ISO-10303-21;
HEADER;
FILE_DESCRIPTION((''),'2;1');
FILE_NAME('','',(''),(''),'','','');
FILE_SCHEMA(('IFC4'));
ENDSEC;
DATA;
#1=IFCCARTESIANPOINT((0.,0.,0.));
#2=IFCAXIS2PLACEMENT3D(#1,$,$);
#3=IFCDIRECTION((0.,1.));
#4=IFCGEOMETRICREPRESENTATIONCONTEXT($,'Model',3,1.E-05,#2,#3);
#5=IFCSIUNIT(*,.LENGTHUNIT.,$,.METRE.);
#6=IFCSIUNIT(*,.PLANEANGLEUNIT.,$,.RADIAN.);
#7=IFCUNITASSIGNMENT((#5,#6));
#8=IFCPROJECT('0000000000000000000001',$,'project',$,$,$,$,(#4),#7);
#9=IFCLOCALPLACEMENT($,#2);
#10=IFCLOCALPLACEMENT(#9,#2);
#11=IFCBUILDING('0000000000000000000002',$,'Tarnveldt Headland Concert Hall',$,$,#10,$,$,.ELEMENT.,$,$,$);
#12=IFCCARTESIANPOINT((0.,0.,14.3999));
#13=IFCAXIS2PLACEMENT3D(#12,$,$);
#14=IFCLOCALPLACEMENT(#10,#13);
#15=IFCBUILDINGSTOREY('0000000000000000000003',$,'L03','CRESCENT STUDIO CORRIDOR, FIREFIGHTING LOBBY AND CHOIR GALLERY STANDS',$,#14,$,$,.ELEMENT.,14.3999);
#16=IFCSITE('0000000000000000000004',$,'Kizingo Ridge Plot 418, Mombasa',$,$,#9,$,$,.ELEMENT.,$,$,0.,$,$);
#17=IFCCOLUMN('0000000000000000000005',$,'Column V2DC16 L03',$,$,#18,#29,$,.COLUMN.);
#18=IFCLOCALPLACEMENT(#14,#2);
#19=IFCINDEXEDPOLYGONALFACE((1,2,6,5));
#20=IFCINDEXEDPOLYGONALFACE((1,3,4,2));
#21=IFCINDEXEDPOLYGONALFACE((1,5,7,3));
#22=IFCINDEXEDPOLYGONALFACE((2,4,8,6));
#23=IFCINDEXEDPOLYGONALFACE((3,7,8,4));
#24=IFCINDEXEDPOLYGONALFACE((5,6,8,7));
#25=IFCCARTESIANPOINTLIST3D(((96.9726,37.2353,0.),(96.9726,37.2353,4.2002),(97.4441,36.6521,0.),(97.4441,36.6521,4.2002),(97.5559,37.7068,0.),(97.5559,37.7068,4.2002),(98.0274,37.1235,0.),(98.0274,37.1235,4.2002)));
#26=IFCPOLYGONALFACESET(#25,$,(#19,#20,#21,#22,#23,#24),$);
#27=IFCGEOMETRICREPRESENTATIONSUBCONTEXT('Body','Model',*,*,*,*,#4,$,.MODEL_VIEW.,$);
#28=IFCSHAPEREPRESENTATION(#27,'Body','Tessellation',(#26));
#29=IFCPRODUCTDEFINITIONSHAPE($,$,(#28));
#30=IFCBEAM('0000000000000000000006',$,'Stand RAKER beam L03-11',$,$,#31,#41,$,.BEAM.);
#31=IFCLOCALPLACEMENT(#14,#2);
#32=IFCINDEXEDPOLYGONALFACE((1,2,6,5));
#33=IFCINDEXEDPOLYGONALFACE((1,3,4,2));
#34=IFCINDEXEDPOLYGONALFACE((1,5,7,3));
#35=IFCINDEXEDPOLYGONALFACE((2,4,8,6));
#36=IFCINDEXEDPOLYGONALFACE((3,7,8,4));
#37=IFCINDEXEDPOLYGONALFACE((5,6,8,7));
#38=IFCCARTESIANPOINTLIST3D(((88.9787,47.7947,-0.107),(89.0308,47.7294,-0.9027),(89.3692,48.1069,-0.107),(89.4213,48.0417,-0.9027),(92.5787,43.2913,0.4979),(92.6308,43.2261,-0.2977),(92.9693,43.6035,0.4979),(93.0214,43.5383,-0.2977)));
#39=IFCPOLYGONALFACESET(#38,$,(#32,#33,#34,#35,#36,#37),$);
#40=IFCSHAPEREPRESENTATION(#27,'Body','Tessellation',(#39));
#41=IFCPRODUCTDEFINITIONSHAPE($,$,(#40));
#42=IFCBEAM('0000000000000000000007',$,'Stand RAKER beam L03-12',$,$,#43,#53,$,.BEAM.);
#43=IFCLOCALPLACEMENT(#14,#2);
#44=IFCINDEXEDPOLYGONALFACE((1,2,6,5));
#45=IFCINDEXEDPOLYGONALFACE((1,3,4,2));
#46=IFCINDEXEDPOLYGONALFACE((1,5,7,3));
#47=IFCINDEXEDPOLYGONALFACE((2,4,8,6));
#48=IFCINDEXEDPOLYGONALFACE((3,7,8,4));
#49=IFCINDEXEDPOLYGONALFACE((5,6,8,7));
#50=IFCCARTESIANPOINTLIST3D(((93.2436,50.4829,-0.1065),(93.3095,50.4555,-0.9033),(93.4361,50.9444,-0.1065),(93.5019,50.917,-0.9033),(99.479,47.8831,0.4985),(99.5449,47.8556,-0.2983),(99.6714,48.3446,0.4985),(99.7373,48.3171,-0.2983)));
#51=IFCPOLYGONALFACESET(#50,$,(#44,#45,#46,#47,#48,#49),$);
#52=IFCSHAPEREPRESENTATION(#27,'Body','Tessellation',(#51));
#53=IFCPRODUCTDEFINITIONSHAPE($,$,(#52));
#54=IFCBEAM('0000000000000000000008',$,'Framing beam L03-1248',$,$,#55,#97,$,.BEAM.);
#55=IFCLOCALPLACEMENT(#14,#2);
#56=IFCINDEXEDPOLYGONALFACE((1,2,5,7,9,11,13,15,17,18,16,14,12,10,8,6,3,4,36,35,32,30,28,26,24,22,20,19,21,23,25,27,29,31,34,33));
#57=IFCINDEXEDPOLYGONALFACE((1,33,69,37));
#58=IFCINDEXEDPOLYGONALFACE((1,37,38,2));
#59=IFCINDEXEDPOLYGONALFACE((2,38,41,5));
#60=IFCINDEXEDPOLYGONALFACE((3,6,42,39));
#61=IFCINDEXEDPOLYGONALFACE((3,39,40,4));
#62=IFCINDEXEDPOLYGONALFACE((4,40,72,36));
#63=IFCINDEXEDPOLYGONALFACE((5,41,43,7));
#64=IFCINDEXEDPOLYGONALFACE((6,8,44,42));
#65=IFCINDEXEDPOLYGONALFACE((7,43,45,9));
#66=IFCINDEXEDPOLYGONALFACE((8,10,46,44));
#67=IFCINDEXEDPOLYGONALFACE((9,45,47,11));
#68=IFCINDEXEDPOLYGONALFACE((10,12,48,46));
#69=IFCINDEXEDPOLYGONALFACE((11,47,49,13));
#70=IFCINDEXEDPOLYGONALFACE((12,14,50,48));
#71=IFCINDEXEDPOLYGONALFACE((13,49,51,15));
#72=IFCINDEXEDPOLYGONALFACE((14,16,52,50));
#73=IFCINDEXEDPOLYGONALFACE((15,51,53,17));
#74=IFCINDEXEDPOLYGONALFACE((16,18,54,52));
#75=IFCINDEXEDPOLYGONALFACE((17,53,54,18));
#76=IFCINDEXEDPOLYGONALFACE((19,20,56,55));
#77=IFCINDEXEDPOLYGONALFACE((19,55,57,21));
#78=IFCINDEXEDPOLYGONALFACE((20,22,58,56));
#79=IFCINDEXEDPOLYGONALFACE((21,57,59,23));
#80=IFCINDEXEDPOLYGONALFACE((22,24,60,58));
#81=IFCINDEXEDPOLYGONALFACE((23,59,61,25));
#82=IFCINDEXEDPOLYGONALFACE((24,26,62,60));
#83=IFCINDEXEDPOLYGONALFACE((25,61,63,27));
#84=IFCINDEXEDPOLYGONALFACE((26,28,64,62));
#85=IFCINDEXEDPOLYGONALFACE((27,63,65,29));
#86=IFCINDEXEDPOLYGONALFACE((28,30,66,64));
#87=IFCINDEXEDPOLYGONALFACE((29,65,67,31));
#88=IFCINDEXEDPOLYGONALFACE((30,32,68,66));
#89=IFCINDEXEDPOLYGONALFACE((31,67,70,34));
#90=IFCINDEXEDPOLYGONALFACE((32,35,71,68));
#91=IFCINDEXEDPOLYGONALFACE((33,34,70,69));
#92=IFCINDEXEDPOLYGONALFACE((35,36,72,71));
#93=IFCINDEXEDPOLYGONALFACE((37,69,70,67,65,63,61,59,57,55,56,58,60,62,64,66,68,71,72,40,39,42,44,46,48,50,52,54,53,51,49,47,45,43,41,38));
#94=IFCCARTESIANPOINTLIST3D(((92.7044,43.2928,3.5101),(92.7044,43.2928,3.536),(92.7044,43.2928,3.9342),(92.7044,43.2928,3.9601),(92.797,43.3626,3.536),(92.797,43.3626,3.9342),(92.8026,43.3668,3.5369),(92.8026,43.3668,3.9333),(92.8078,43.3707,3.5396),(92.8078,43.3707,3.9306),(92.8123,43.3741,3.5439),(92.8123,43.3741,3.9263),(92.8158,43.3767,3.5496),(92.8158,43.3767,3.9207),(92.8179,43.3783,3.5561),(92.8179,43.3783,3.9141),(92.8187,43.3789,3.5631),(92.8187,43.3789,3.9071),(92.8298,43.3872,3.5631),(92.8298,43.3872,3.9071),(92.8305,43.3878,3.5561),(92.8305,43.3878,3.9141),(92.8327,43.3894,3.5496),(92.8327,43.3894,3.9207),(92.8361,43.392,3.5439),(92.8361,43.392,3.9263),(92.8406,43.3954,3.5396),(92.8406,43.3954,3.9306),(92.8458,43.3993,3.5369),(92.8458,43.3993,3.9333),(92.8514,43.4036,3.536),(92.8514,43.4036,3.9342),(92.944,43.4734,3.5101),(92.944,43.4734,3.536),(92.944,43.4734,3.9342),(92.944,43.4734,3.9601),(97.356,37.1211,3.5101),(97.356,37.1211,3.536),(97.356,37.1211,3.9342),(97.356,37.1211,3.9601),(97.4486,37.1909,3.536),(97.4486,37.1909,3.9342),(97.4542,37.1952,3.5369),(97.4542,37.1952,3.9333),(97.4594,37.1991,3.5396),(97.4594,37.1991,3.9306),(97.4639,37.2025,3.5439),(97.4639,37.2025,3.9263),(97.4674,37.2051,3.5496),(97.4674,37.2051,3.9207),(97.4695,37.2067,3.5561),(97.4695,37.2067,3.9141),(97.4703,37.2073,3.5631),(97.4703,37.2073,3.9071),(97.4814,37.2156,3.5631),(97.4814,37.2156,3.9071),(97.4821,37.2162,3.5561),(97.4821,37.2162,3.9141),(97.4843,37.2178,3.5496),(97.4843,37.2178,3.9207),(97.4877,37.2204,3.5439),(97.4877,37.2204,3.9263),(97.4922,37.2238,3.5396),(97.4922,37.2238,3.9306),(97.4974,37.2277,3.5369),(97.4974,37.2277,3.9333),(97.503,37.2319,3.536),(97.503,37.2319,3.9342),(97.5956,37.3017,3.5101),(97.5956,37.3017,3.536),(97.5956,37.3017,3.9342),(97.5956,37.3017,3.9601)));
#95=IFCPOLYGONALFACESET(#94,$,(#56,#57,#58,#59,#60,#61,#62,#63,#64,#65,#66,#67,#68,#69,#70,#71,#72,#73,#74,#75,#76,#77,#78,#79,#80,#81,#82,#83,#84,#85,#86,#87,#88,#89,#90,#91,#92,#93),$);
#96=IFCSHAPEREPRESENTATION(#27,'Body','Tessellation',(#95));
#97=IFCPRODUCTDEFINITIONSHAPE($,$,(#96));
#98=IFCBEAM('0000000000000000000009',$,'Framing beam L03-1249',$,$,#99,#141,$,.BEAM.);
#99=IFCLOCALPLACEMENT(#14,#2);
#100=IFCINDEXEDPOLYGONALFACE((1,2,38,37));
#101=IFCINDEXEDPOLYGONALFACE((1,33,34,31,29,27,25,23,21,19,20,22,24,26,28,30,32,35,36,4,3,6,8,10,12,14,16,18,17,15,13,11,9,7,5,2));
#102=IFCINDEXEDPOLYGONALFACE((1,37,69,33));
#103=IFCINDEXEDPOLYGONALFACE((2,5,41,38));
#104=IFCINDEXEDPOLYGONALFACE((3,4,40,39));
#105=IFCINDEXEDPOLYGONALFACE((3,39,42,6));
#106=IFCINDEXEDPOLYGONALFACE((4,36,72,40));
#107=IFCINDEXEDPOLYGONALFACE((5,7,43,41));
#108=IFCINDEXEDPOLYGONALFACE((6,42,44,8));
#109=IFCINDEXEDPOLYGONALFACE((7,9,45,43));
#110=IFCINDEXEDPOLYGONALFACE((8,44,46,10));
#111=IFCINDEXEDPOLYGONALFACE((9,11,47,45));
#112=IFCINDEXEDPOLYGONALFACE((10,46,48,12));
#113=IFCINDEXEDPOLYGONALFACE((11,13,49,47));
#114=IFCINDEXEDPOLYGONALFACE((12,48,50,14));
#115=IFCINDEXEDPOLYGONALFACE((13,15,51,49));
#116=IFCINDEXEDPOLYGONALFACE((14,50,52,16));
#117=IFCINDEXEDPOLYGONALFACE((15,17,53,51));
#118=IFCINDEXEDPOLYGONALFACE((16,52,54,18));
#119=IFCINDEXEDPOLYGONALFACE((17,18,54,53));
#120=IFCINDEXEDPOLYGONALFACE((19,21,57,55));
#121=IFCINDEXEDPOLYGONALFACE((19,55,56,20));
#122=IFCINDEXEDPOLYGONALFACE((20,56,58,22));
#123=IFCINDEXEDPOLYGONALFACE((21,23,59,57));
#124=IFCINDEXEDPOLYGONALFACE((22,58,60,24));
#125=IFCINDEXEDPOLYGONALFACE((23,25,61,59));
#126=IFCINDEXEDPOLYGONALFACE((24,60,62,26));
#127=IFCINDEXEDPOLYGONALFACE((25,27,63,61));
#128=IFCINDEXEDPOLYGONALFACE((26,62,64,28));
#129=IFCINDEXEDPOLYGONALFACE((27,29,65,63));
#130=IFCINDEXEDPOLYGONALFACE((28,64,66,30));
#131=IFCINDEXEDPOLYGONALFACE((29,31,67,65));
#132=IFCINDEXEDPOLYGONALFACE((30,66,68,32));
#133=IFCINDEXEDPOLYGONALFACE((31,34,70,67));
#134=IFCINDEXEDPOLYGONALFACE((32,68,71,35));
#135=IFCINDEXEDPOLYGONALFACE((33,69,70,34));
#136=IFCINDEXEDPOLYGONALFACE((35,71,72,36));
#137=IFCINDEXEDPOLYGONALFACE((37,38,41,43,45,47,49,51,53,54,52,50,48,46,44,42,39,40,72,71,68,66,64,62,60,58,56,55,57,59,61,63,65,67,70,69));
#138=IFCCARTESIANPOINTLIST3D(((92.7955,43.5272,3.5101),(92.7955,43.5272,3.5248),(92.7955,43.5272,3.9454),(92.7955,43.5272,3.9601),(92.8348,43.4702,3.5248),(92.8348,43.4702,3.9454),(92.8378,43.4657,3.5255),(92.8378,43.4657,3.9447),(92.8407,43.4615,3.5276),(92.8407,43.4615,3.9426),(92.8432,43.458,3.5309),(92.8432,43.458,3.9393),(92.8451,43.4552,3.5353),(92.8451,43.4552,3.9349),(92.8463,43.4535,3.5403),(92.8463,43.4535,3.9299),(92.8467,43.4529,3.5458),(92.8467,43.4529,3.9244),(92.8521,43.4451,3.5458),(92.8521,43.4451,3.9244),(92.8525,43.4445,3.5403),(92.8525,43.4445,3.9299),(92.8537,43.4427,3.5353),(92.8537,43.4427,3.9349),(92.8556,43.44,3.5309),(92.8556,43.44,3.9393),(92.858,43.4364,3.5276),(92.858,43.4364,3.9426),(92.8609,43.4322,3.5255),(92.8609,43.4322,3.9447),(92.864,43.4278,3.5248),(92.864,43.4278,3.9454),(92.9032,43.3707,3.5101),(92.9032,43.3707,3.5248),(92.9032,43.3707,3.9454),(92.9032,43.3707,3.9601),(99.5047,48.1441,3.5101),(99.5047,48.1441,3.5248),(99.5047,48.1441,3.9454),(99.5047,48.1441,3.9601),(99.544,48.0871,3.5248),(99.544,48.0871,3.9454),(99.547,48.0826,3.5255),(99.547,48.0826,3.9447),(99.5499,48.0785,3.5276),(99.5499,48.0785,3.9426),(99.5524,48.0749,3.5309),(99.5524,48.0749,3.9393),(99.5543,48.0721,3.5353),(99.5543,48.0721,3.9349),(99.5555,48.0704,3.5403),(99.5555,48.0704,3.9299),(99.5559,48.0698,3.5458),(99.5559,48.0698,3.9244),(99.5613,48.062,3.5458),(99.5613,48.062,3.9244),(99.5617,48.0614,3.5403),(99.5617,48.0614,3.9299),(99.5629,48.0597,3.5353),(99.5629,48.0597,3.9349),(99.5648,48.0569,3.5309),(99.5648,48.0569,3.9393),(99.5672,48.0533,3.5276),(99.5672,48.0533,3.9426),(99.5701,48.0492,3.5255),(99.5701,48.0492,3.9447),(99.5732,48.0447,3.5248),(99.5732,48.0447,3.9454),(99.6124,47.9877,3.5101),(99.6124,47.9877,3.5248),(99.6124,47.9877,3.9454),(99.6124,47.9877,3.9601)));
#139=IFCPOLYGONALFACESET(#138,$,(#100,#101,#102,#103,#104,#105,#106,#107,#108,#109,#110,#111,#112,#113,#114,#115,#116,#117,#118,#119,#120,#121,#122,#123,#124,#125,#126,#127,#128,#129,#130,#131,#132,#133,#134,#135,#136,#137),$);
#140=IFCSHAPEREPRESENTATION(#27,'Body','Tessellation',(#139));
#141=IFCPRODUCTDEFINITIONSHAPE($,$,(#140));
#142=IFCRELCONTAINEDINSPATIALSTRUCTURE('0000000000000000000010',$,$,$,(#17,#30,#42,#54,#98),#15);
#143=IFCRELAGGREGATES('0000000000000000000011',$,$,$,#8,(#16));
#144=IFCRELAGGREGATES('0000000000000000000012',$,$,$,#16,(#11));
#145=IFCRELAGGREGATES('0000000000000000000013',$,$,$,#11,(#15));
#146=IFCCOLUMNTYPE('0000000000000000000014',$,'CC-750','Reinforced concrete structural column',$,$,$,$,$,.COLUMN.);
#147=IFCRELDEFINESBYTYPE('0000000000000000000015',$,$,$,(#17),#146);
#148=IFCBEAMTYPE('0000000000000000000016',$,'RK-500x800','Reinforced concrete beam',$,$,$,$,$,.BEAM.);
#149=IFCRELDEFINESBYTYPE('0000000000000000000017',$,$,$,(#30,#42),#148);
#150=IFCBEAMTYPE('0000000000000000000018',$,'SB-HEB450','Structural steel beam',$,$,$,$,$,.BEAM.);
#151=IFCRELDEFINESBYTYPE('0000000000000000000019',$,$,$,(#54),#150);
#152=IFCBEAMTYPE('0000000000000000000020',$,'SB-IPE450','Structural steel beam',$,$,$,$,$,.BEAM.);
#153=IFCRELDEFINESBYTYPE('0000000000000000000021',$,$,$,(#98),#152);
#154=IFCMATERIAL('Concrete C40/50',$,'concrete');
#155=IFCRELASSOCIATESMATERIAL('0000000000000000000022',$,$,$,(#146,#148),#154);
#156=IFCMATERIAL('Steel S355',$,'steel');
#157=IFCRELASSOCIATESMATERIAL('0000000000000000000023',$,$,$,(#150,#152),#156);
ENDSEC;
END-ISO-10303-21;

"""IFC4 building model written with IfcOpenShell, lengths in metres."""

from ifc_helpers import new_model, si_unit, direction, frame, origin, origin_2d, place, context, subcontext, project, spatial, rectangle, i_section, extrude, material, material_profile, profile_set, type_object, element, save


model = new_model("IFC4")

# Units and contexts
model_context = context("Model", 3, precision=1e-05, world=origin(), true_north=direction((0.0, 1.0)))
body_context = subcontext(model_context, "Body", "Model", "MODEL_VIEW")
ifc_project = project(units=[si_unit("LENGTHUNIT", "METRE"), si_unit("PLANEANGLEUNIT", "RADIAN")], contexts=[model_context])

# Site, building, storey
site_placement = place(None, origin())
site = spatial("IfcSite", under=ifc_project, at=site_placement, Name="Kizingo Ridge Plot 418, Mombasa", CompositionType="ELEMENT", RefElevation=0.0)
building_placement = place(site_placement, origin())
building = spatial("IfcBuilding", under=site, at=building_placement, Name="Tarnveldt Headland Concert Hall", CompositionType="ELEMENT")
storey_placement = place(building_placement, frame((0.0, 0.0, 14.3999)))
storey = spatial("IfcBuildingStorey", under=building, at=storey_placement, Name="L03", Description="CRESCENT STUDIO CORRIDOR, FIREFIGHTING LOBBY AND CHOIR GALLERY STANDS", CompositionType="ELEMENT", Elevation=14.3999)

# Column
ifc_material_1 = material(Name="Concrete C40/50", Category="concrete")
ifc_material_profile_1 = material_profile(ifc_material_1, rectangle(XDim=0.75, YDim=0.75, at=origin_2d()), Name="RC 750x750", Category="concrete")
ifc_profile_set_1 = profile_set([ifc_material_profile_1], Name="Concrete C40/50")
column_type_1 = type_object("IfcColumnType", Name="CC-750", Description="Reinforced concrete structural column", PredefinedType="COLUMN", material=ifc_profile_set_1)
column_placement = place(storey_placement, frame((97.5, 37.1794, 0.0), z_axis=(0.0, 0.0, 1.0), x_axis=(0.628642, -0.777695, 0.0)))
element("IfcColumn", 1, at=column_placement, inside=storey, type_object=column_type_1, Name="Column V2DC16 L03", PredefinedType="COLUMN", context=body_context, shape_type="SweptSolid", body=[
    extrude(rectangle(XDim=0.75, YDim=0.75, at=origin_2d()), origin(), (0.0, 0.0, 1.0), 4.2002),
])

# Beams
ifc_material_profile_2 = material_profile(ifc_material_1, rectangle(XDim=0.5, YDim=0.8, at=origin_2d()), Name="RAKER RC 500x800", Category="concrete")
ifc_profile_set_2 = profile_set([ifc_material_profile_2], Name="Concrete C40/50")
beam_type_1 = type_object("IfcBeamType", Name="RK-500x800", Description="Reinforced concrete beam", PredefinedType="BEAM", material=ifc_profile_set_2)
beam_1_placement = place(storey_placement, frame((92.8, 43.4148, 0.1001), z_axis=(-0.621007, 0.776827, -0.104357), x_axis=(-0.781092, -0.624416, 0.0)))
element("IfcBeam", 2, at=beam_1_placement, inside=storey, type_object=beam_type_1, Name="Stand RAKER beam L03-11", PredefinedType="BEAM", context=body_context, shape_type="SweptSolid", body=[
    extrude(rectangle(XDim=0.5, YDim=0.8, at=origin_2d()), origin(), (0.0, 0.0, 1.0), 5.7971),
])
beam_2_placement = place(storey_placement, frame((99.6082, 48.1001, 0.1001), z_axis=(-0.919304, 0.383307, -0.089195), x_axis=(-0.384841, -0.922983, 0.0)))
element("IfcBeam", 3, at=beam_2_placement, inside=storey, type_object=beam_type_1, Name="Stand RAKER beam L03-12", PredefinedType="BEAM", context=body_context, shape_type="SweptSolid", body=[
    extrude(rectangle(XDim=0.5, YDim=0.8, at=origin_2d()), origin(), (0.0, 0.0, 1.0), 6.7827),
])
ifc_material_2 = material(Name="Steel S355", Category="steel")
ifc_material_profile_3 = material_profile(ifc_material_2, i_section(OverallWidth=0.3, OverallDepth=0.45, WebThickness=0.0139, FlangeThickness=0.0259, FilletRadius=0.0271, at=origin_2d()), Name="HEB450", Category="steel")
ifc_profile_set_3 = profile_set([ifc_material_profile_3], Name="Steel S355")
beam_type_2 = type_object("IfcBeamType", Name="SB-HEB450", Description="Structural steel beam", PredefinedType="BEAM", material=ifc_profile_set_3)
beam_3_placement = place(storey_placement, frame((92.8242, 43.3831, 3.7351), z_axis=(0.601894, -0.798576, 0.0), x_axis=(0.798576, 0.601894, 0.0)))
element("IfcBeam", 4, at=beam_3_placement, inside=storey, type_object=beam_type_2, Name="Framing beam L03-1248", PredefinedType="BEAM", context=body_context, shape_type="SweptSolid", body=[
    extrude(i_section(OverallWidth=0.3, OverallDepth=0.45, WebThickness=0.0139, FlangeThickness=0.0259, FilletRadius=0.0271, at=origin_2d()), origin(), (0.0, 0.0, 1.0), 7.7283),
])
ifc_material_profile_4 = material_profile(ifc_material_2, i_section(OverallWidth=0.1899, OverallDepth=0.45, WebThickness=0.0095, FlangeThickness=0.0146, FilletRadius=0.021, at=origin_2d()), Name="IPE450", Category="steel")
ifc_profile_set_4 = profile_set([ifc_material_profile_4], Name="Steel S355")
beam_type_3 = type_object("IfcBeamType", Name="SB-IPE450", Description="Structural steel beam", PredefinedType="BEAM", material=ifc_profile_set_4)
beam_4_placement = place(storey_placement, frame((92.8494, 43.449, 3.7351), z_axis=(0.823793, 0.566891, 0.0), x_axis=(-0.566891, 0.823793, 0.0)))
element("IfcBeam", 5, at=beam_4_placement, inside=storey, type_object=beam_type_3, Name="Framing beam L03-1249", PredefinedType="BEAM", context=body_context, shape_type="SweptSolid", body=[
    extrude(i_section(OverallWidth=0.1899, OverallDepth=0.45, WebThickness=0.0095, FlangeThickness=0.0146, FilletRadius=0.021, at=origin_2d()), origin(), (0.0, 0.0, 1.0), 8.1443),
])

save(model, "model.ifc")
